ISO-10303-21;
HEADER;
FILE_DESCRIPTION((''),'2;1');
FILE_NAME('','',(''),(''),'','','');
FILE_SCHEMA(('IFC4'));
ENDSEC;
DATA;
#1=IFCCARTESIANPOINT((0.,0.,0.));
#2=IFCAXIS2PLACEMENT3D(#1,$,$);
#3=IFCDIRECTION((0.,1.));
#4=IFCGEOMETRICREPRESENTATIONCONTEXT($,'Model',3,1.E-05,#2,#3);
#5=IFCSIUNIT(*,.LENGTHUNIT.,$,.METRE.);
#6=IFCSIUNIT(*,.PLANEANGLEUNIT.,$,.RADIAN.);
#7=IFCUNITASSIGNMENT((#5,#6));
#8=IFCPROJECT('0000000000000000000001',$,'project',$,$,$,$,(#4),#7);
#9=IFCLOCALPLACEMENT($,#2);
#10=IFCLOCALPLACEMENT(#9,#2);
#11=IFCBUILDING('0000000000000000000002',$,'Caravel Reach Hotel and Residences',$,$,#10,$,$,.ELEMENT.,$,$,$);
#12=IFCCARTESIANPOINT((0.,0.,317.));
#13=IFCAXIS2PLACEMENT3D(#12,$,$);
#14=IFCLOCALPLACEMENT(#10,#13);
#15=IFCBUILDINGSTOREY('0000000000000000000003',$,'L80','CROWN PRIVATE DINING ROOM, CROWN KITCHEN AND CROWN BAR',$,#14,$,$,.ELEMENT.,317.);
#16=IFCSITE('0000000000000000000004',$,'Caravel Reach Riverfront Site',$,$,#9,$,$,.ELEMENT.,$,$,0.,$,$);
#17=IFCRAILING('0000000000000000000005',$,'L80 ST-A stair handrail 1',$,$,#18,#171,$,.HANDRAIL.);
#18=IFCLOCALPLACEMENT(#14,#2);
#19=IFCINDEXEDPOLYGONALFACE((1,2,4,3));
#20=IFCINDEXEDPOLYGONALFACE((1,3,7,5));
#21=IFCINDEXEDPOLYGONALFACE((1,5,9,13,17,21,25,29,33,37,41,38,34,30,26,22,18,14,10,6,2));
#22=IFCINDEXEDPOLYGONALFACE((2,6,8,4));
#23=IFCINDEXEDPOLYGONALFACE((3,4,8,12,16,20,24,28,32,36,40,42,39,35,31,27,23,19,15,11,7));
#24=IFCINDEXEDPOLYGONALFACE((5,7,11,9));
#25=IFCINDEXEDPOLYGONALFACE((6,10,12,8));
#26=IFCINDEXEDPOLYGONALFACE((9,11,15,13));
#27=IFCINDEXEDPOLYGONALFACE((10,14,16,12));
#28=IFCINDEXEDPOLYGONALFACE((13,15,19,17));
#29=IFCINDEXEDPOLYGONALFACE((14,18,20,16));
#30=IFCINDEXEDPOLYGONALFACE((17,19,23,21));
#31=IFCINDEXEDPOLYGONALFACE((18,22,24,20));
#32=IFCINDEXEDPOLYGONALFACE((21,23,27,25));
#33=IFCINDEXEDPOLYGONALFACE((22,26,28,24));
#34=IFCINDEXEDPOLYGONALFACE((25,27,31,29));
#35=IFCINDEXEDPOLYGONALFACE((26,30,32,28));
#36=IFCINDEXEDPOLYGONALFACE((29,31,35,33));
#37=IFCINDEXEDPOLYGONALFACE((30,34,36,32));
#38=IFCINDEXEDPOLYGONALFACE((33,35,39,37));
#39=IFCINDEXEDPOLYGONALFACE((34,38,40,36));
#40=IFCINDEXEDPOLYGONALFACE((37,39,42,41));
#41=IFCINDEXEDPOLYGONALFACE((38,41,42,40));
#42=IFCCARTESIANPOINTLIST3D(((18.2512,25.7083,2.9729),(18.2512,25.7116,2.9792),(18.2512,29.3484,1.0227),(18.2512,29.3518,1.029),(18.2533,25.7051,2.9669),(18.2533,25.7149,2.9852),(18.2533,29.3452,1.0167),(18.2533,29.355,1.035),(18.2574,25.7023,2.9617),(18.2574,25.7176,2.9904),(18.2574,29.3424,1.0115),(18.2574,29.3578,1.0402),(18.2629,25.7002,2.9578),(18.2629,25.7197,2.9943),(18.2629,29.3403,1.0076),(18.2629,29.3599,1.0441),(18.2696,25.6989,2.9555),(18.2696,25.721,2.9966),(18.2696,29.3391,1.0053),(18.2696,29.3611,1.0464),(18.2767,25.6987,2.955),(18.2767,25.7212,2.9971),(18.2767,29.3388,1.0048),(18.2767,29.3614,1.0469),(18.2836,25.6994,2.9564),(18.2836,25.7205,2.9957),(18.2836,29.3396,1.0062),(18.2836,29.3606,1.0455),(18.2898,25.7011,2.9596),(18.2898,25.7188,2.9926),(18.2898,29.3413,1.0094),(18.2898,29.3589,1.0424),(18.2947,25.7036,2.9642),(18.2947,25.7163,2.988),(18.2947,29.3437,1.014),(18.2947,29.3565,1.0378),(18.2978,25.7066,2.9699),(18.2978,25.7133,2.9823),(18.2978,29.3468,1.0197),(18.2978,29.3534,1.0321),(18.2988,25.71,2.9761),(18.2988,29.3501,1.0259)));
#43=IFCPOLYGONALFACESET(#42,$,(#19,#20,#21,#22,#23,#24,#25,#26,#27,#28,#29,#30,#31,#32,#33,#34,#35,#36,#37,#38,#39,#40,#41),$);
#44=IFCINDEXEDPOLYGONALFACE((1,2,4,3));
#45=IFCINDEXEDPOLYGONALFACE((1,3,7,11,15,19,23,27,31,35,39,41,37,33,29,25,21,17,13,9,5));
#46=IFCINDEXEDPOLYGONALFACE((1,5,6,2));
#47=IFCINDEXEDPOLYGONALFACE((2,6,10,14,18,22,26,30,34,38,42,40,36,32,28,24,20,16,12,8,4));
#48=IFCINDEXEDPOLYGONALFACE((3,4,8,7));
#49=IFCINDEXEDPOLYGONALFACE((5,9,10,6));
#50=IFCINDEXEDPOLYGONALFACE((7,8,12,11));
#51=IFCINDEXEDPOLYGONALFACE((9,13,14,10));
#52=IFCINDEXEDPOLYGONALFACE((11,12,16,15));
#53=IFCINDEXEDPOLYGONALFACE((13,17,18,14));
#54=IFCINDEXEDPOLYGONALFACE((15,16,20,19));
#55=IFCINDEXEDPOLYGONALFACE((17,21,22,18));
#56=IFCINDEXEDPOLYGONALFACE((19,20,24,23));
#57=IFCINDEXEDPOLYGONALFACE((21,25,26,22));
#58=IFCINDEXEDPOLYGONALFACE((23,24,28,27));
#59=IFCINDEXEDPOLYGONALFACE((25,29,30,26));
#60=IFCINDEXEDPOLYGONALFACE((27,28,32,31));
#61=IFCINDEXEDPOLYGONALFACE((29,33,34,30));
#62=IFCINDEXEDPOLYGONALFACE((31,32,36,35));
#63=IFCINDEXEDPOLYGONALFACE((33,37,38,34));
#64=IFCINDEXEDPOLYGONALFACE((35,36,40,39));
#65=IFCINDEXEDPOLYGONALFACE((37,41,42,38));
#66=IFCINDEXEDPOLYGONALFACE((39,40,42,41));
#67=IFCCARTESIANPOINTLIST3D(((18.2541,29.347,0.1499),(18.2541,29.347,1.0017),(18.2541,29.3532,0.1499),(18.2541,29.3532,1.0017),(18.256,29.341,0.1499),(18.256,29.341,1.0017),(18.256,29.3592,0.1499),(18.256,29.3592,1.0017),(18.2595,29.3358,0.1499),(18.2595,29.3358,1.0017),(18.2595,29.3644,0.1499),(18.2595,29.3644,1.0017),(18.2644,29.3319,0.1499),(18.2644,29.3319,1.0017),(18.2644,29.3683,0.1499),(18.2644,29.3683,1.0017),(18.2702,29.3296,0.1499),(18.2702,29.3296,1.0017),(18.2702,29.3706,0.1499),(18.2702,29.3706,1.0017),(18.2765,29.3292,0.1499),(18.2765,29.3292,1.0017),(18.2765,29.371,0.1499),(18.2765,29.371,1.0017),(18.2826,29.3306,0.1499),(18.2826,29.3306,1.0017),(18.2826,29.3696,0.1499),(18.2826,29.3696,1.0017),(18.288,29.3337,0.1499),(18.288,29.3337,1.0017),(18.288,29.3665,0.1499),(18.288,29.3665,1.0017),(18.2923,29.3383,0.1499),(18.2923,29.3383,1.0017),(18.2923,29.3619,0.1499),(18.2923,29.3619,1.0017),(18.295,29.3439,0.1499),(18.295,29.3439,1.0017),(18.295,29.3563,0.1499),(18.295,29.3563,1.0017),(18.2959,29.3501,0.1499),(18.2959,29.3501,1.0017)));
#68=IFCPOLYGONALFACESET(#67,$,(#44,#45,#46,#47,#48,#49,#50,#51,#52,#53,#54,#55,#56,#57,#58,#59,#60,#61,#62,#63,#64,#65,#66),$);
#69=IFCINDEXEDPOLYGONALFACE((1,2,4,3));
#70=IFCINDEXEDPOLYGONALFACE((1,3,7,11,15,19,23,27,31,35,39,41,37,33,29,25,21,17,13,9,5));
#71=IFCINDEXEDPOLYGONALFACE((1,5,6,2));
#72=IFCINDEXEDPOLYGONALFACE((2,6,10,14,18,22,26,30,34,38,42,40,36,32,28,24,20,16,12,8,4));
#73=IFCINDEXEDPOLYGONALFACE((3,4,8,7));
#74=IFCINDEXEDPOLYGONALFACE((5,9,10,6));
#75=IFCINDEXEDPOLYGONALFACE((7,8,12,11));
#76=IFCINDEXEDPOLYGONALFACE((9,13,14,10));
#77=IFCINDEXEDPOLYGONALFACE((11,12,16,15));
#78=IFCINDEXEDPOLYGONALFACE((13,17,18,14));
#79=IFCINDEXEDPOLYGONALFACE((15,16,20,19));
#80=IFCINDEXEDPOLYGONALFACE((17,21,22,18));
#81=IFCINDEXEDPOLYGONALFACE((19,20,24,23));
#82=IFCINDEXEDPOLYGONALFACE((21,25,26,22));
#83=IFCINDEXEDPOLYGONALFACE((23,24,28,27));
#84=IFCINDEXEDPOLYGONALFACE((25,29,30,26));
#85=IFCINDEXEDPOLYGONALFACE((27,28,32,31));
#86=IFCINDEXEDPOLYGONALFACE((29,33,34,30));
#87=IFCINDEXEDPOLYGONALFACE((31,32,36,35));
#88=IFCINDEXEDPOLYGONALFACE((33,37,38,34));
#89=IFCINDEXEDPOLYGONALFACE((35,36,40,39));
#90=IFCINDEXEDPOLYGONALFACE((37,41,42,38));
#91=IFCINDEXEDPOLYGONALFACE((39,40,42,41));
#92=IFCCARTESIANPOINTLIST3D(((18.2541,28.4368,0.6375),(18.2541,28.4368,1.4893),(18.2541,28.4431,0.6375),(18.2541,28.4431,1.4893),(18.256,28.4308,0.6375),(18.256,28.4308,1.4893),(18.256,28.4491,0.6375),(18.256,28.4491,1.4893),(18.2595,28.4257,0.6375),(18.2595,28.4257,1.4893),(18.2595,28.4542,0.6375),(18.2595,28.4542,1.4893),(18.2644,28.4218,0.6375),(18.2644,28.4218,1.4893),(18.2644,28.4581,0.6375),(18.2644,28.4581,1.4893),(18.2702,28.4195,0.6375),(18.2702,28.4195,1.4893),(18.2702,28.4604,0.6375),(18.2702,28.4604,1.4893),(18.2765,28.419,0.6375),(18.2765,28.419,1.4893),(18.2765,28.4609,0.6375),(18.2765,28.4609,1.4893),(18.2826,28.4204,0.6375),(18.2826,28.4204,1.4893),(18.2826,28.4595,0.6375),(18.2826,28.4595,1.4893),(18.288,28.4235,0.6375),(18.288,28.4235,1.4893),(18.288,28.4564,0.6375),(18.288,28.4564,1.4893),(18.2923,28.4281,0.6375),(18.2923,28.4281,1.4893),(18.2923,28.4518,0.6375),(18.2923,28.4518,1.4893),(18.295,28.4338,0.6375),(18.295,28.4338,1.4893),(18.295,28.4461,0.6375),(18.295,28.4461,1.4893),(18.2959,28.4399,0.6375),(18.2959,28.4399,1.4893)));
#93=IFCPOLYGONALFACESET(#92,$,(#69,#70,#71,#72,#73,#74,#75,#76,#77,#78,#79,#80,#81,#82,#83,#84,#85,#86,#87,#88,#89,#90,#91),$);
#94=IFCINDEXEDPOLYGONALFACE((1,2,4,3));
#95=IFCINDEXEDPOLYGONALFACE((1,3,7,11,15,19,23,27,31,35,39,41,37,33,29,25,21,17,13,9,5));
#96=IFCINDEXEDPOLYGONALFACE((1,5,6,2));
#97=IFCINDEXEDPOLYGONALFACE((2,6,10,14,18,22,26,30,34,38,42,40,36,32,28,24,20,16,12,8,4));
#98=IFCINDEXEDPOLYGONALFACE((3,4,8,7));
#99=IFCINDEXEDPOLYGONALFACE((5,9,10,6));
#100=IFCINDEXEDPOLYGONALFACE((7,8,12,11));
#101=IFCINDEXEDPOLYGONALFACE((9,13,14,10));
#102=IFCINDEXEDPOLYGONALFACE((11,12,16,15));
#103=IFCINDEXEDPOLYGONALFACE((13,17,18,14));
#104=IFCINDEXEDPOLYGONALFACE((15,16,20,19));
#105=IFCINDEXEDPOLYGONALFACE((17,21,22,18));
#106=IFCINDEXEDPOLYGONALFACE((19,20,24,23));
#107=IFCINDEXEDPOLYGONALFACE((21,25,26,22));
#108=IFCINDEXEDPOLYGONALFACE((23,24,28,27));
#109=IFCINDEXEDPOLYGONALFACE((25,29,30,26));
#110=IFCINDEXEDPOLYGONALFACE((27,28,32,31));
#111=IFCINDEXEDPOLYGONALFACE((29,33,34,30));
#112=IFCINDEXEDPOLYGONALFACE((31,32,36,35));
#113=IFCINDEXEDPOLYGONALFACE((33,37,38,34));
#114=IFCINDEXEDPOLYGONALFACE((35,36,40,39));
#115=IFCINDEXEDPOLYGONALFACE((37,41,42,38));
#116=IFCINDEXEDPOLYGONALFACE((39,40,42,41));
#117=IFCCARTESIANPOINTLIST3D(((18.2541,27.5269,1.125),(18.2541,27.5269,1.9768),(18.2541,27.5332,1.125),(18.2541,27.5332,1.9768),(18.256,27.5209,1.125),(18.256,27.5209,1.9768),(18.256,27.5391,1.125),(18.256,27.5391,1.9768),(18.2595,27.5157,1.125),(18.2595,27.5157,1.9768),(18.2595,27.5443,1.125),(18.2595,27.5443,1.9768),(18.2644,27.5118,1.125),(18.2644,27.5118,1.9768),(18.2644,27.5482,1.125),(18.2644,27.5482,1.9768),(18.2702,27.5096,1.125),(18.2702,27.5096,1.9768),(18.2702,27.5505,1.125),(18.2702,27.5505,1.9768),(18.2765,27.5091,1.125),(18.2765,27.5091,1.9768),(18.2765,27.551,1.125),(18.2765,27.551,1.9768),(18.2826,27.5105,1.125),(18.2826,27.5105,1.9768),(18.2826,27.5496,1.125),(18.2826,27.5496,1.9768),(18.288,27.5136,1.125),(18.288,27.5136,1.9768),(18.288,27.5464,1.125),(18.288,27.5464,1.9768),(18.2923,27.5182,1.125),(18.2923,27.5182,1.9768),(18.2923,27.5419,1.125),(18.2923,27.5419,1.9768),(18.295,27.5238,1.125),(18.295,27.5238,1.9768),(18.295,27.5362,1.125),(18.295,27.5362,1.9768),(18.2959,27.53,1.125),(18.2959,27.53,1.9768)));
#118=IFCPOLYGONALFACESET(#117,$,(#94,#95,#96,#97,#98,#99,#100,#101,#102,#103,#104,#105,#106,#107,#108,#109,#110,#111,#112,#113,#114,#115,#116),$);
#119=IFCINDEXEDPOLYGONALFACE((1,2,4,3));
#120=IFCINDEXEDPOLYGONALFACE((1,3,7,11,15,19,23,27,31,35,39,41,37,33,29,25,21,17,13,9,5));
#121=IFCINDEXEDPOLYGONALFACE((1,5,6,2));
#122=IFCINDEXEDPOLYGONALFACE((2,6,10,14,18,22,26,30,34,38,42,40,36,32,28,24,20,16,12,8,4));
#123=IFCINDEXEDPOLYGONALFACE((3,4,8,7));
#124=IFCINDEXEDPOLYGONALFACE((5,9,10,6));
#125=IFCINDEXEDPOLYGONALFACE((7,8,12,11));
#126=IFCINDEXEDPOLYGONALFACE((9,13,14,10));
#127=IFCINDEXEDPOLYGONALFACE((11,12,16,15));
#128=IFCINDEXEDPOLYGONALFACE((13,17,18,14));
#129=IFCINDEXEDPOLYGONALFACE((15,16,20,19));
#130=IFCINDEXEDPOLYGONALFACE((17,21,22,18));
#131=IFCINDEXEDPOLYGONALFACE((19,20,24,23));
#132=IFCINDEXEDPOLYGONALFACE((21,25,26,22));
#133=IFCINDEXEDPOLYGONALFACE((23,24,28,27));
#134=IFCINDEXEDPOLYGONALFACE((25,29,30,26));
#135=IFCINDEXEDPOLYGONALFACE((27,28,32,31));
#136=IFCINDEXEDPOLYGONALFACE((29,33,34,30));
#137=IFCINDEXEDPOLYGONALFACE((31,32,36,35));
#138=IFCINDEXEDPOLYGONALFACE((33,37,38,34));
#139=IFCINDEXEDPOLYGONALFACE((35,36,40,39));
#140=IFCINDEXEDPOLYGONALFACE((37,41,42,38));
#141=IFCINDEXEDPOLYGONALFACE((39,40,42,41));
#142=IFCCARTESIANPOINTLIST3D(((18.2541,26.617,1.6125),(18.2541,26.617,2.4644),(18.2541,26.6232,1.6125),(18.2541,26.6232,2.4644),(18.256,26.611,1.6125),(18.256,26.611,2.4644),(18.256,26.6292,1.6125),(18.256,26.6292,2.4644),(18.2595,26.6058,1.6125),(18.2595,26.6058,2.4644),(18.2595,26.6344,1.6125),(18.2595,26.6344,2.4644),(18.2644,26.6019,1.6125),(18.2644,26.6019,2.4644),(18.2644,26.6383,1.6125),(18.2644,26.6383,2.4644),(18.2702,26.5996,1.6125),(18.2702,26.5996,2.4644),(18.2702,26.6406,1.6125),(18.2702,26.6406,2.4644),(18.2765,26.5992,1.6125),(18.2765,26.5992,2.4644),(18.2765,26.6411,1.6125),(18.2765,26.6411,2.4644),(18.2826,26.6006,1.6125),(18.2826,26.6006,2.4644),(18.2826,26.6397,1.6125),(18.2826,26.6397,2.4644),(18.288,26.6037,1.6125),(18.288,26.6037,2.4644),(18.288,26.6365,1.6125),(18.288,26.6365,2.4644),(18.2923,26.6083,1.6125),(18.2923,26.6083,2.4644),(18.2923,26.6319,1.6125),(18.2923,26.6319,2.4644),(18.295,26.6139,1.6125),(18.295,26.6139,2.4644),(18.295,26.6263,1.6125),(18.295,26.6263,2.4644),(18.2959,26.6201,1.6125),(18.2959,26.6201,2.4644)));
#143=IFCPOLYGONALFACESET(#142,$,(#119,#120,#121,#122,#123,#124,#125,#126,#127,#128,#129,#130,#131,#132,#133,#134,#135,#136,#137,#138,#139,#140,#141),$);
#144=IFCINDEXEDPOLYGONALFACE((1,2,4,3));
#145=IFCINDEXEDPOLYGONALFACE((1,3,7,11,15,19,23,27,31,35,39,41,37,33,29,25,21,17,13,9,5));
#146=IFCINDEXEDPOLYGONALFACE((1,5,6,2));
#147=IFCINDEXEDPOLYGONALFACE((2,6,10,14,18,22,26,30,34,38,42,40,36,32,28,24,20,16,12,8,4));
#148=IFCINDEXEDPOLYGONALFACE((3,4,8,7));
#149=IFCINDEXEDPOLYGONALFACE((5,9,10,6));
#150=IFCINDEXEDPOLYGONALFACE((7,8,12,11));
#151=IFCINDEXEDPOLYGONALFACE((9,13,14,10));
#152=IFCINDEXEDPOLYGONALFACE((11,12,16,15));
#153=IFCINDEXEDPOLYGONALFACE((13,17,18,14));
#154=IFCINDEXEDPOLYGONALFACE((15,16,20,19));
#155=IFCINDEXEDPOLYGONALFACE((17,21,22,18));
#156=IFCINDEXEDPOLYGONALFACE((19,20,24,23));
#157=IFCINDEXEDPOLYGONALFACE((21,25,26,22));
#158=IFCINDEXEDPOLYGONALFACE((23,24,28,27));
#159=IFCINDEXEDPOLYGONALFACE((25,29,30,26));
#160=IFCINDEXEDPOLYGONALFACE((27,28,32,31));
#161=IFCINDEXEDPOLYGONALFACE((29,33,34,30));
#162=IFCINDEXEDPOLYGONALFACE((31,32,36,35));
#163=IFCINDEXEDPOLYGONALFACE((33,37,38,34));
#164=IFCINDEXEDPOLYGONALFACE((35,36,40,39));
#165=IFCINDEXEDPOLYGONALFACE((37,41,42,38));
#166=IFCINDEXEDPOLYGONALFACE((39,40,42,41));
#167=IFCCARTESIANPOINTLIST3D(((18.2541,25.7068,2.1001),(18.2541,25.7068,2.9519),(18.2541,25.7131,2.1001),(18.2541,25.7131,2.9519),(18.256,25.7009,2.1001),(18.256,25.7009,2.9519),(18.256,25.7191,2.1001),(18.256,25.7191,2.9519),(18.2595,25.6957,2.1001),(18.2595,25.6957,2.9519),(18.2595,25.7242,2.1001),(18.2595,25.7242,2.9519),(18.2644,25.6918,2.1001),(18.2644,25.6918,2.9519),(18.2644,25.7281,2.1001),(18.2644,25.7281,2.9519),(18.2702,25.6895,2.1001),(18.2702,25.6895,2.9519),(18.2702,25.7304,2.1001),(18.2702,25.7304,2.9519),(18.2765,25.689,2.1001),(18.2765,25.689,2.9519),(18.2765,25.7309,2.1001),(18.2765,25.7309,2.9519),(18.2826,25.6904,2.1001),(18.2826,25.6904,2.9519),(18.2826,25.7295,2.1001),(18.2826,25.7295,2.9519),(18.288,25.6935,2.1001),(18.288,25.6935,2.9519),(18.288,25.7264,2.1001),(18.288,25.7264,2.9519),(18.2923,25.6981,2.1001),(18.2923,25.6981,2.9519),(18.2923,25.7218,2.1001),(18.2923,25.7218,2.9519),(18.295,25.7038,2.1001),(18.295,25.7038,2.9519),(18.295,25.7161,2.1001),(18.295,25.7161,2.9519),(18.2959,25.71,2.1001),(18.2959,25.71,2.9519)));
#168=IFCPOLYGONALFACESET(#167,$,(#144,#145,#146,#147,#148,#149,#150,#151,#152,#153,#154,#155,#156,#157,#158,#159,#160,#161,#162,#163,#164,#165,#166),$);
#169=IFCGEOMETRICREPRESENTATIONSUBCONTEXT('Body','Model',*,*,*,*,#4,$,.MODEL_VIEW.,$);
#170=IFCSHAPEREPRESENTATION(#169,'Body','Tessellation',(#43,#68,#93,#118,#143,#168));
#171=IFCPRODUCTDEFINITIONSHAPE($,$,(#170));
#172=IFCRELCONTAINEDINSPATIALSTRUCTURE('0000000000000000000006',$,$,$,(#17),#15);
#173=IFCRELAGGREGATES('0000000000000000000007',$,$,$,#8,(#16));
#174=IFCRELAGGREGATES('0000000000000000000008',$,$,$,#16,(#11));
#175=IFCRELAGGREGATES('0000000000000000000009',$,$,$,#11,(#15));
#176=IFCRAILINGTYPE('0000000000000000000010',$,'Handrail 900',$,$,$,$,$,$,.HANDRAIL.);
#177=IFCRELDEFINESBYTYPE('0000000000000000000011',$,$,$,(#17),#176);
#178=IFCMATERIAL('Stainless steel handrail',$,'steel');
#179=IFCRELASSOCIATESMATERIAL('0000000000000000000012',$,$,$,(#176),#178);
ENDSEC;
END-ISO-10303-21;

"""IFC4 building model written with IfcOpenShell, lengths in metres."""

from ifc_helpers import new_model, si_unit, direction, frame, origin, origin_2d, place, context, subcontext, project, spatial, circle, extrude, material, type_object, element, save


model = new_model("IFC4")

# Units and contexts
model_context = context("Model", 3, precision=1e-05, world=origin(), true_north=direction((0.0, 1.0)))
body_context = subcontext(model_context, "Body", "Model", "MODEL_VIEW")
ifc_project = project(units=[si_unit("LENGTHUNIT", "METRE"), si_unit("PLANEANGLEUNIT", "RADIAN")], contexts=[model_context])

# Site, building, storey
site_placement = place(None, origin())
site = spatial("IfcSite", under=ifc_project, at=site_placement, Name="Caravel Reach Riverfront Site", CompositionType="ELEMENT", RefElevation=0.0)
building_placement = place(site_placement, origin())
building = spatial("IfcBuilding", under=site, at=building_placement, Name="Caravel Reach Hotel and Residences", CompositionType="ELEMENT")
storey_placement = place(building_placement, frame((0.0, 0.0, 317.0)))
storey = spatial("IfcBuildingStorey", under=building, at=storey_placement, Name="L80", Description="CROWN PRIVATE DINING ROOM, CROWN KITCHEN AND CROWN BAR", CompositionType="ELEMENT", Elevation=317.0)

# Railing
ifc_material_1 = material(Name="Stainless steel handrail", Category="steel")
railing_type_1 = type_object("IfcRailingType", Name="Handrail 900", PredefinedType="HANDRAIL", material=ifc_material_1)
railing_1_placement = place(storey_placement, frame((18.2749, 29.3501, 0.1499)))
element("IfcRailing", 1, at=railing_1_placement, inside=storey, type_object=railing_type_1, Name="L80 ST-A stair handrail 1", PredefinedType="HANDRAIL", context=body_context, shape_type="SweptSolid", body=[
    extrude(circle(Radius=0.0239, at=origin_2d()), frame((0.0, 0.0, 0.876), z_axis=(0.0, -0.881468, 0.472244), x_axis=(1.0, 0.0, 0.0)), (0.0, 0.0, 1.0), 4.1296),
    extrude(circle(Radius=0.021, at=origin_2d()), origin(), (0.0, 0.0, 1.0), 0.8518),
    extrude(circle(Radius=0.021, at=origin_2d()), frame((0.0, -0.9102, 0.4875)), (0.0, 0.0, 1.0), 0.8518),
    extrude(circle(Radius=0.021, at=origin_2d()), frame((0.0, -1.8201, 0.9751)), (0.0, 0.0, 1.0), 0.8518),
    extrude(circle(Radius=0.021, at=origin_2d()), frame((0.0, -2.73, 1.4626)), (0.0, 0.0, 1.0), 0.8518),
    extrude(circle(Radius=0.021, at=origin_2d()), frame((0.0, -3.6401, 1.9502)), (0.0, 0.0, 1.0), 0.8518),
])

save(model, "model.ifc")
